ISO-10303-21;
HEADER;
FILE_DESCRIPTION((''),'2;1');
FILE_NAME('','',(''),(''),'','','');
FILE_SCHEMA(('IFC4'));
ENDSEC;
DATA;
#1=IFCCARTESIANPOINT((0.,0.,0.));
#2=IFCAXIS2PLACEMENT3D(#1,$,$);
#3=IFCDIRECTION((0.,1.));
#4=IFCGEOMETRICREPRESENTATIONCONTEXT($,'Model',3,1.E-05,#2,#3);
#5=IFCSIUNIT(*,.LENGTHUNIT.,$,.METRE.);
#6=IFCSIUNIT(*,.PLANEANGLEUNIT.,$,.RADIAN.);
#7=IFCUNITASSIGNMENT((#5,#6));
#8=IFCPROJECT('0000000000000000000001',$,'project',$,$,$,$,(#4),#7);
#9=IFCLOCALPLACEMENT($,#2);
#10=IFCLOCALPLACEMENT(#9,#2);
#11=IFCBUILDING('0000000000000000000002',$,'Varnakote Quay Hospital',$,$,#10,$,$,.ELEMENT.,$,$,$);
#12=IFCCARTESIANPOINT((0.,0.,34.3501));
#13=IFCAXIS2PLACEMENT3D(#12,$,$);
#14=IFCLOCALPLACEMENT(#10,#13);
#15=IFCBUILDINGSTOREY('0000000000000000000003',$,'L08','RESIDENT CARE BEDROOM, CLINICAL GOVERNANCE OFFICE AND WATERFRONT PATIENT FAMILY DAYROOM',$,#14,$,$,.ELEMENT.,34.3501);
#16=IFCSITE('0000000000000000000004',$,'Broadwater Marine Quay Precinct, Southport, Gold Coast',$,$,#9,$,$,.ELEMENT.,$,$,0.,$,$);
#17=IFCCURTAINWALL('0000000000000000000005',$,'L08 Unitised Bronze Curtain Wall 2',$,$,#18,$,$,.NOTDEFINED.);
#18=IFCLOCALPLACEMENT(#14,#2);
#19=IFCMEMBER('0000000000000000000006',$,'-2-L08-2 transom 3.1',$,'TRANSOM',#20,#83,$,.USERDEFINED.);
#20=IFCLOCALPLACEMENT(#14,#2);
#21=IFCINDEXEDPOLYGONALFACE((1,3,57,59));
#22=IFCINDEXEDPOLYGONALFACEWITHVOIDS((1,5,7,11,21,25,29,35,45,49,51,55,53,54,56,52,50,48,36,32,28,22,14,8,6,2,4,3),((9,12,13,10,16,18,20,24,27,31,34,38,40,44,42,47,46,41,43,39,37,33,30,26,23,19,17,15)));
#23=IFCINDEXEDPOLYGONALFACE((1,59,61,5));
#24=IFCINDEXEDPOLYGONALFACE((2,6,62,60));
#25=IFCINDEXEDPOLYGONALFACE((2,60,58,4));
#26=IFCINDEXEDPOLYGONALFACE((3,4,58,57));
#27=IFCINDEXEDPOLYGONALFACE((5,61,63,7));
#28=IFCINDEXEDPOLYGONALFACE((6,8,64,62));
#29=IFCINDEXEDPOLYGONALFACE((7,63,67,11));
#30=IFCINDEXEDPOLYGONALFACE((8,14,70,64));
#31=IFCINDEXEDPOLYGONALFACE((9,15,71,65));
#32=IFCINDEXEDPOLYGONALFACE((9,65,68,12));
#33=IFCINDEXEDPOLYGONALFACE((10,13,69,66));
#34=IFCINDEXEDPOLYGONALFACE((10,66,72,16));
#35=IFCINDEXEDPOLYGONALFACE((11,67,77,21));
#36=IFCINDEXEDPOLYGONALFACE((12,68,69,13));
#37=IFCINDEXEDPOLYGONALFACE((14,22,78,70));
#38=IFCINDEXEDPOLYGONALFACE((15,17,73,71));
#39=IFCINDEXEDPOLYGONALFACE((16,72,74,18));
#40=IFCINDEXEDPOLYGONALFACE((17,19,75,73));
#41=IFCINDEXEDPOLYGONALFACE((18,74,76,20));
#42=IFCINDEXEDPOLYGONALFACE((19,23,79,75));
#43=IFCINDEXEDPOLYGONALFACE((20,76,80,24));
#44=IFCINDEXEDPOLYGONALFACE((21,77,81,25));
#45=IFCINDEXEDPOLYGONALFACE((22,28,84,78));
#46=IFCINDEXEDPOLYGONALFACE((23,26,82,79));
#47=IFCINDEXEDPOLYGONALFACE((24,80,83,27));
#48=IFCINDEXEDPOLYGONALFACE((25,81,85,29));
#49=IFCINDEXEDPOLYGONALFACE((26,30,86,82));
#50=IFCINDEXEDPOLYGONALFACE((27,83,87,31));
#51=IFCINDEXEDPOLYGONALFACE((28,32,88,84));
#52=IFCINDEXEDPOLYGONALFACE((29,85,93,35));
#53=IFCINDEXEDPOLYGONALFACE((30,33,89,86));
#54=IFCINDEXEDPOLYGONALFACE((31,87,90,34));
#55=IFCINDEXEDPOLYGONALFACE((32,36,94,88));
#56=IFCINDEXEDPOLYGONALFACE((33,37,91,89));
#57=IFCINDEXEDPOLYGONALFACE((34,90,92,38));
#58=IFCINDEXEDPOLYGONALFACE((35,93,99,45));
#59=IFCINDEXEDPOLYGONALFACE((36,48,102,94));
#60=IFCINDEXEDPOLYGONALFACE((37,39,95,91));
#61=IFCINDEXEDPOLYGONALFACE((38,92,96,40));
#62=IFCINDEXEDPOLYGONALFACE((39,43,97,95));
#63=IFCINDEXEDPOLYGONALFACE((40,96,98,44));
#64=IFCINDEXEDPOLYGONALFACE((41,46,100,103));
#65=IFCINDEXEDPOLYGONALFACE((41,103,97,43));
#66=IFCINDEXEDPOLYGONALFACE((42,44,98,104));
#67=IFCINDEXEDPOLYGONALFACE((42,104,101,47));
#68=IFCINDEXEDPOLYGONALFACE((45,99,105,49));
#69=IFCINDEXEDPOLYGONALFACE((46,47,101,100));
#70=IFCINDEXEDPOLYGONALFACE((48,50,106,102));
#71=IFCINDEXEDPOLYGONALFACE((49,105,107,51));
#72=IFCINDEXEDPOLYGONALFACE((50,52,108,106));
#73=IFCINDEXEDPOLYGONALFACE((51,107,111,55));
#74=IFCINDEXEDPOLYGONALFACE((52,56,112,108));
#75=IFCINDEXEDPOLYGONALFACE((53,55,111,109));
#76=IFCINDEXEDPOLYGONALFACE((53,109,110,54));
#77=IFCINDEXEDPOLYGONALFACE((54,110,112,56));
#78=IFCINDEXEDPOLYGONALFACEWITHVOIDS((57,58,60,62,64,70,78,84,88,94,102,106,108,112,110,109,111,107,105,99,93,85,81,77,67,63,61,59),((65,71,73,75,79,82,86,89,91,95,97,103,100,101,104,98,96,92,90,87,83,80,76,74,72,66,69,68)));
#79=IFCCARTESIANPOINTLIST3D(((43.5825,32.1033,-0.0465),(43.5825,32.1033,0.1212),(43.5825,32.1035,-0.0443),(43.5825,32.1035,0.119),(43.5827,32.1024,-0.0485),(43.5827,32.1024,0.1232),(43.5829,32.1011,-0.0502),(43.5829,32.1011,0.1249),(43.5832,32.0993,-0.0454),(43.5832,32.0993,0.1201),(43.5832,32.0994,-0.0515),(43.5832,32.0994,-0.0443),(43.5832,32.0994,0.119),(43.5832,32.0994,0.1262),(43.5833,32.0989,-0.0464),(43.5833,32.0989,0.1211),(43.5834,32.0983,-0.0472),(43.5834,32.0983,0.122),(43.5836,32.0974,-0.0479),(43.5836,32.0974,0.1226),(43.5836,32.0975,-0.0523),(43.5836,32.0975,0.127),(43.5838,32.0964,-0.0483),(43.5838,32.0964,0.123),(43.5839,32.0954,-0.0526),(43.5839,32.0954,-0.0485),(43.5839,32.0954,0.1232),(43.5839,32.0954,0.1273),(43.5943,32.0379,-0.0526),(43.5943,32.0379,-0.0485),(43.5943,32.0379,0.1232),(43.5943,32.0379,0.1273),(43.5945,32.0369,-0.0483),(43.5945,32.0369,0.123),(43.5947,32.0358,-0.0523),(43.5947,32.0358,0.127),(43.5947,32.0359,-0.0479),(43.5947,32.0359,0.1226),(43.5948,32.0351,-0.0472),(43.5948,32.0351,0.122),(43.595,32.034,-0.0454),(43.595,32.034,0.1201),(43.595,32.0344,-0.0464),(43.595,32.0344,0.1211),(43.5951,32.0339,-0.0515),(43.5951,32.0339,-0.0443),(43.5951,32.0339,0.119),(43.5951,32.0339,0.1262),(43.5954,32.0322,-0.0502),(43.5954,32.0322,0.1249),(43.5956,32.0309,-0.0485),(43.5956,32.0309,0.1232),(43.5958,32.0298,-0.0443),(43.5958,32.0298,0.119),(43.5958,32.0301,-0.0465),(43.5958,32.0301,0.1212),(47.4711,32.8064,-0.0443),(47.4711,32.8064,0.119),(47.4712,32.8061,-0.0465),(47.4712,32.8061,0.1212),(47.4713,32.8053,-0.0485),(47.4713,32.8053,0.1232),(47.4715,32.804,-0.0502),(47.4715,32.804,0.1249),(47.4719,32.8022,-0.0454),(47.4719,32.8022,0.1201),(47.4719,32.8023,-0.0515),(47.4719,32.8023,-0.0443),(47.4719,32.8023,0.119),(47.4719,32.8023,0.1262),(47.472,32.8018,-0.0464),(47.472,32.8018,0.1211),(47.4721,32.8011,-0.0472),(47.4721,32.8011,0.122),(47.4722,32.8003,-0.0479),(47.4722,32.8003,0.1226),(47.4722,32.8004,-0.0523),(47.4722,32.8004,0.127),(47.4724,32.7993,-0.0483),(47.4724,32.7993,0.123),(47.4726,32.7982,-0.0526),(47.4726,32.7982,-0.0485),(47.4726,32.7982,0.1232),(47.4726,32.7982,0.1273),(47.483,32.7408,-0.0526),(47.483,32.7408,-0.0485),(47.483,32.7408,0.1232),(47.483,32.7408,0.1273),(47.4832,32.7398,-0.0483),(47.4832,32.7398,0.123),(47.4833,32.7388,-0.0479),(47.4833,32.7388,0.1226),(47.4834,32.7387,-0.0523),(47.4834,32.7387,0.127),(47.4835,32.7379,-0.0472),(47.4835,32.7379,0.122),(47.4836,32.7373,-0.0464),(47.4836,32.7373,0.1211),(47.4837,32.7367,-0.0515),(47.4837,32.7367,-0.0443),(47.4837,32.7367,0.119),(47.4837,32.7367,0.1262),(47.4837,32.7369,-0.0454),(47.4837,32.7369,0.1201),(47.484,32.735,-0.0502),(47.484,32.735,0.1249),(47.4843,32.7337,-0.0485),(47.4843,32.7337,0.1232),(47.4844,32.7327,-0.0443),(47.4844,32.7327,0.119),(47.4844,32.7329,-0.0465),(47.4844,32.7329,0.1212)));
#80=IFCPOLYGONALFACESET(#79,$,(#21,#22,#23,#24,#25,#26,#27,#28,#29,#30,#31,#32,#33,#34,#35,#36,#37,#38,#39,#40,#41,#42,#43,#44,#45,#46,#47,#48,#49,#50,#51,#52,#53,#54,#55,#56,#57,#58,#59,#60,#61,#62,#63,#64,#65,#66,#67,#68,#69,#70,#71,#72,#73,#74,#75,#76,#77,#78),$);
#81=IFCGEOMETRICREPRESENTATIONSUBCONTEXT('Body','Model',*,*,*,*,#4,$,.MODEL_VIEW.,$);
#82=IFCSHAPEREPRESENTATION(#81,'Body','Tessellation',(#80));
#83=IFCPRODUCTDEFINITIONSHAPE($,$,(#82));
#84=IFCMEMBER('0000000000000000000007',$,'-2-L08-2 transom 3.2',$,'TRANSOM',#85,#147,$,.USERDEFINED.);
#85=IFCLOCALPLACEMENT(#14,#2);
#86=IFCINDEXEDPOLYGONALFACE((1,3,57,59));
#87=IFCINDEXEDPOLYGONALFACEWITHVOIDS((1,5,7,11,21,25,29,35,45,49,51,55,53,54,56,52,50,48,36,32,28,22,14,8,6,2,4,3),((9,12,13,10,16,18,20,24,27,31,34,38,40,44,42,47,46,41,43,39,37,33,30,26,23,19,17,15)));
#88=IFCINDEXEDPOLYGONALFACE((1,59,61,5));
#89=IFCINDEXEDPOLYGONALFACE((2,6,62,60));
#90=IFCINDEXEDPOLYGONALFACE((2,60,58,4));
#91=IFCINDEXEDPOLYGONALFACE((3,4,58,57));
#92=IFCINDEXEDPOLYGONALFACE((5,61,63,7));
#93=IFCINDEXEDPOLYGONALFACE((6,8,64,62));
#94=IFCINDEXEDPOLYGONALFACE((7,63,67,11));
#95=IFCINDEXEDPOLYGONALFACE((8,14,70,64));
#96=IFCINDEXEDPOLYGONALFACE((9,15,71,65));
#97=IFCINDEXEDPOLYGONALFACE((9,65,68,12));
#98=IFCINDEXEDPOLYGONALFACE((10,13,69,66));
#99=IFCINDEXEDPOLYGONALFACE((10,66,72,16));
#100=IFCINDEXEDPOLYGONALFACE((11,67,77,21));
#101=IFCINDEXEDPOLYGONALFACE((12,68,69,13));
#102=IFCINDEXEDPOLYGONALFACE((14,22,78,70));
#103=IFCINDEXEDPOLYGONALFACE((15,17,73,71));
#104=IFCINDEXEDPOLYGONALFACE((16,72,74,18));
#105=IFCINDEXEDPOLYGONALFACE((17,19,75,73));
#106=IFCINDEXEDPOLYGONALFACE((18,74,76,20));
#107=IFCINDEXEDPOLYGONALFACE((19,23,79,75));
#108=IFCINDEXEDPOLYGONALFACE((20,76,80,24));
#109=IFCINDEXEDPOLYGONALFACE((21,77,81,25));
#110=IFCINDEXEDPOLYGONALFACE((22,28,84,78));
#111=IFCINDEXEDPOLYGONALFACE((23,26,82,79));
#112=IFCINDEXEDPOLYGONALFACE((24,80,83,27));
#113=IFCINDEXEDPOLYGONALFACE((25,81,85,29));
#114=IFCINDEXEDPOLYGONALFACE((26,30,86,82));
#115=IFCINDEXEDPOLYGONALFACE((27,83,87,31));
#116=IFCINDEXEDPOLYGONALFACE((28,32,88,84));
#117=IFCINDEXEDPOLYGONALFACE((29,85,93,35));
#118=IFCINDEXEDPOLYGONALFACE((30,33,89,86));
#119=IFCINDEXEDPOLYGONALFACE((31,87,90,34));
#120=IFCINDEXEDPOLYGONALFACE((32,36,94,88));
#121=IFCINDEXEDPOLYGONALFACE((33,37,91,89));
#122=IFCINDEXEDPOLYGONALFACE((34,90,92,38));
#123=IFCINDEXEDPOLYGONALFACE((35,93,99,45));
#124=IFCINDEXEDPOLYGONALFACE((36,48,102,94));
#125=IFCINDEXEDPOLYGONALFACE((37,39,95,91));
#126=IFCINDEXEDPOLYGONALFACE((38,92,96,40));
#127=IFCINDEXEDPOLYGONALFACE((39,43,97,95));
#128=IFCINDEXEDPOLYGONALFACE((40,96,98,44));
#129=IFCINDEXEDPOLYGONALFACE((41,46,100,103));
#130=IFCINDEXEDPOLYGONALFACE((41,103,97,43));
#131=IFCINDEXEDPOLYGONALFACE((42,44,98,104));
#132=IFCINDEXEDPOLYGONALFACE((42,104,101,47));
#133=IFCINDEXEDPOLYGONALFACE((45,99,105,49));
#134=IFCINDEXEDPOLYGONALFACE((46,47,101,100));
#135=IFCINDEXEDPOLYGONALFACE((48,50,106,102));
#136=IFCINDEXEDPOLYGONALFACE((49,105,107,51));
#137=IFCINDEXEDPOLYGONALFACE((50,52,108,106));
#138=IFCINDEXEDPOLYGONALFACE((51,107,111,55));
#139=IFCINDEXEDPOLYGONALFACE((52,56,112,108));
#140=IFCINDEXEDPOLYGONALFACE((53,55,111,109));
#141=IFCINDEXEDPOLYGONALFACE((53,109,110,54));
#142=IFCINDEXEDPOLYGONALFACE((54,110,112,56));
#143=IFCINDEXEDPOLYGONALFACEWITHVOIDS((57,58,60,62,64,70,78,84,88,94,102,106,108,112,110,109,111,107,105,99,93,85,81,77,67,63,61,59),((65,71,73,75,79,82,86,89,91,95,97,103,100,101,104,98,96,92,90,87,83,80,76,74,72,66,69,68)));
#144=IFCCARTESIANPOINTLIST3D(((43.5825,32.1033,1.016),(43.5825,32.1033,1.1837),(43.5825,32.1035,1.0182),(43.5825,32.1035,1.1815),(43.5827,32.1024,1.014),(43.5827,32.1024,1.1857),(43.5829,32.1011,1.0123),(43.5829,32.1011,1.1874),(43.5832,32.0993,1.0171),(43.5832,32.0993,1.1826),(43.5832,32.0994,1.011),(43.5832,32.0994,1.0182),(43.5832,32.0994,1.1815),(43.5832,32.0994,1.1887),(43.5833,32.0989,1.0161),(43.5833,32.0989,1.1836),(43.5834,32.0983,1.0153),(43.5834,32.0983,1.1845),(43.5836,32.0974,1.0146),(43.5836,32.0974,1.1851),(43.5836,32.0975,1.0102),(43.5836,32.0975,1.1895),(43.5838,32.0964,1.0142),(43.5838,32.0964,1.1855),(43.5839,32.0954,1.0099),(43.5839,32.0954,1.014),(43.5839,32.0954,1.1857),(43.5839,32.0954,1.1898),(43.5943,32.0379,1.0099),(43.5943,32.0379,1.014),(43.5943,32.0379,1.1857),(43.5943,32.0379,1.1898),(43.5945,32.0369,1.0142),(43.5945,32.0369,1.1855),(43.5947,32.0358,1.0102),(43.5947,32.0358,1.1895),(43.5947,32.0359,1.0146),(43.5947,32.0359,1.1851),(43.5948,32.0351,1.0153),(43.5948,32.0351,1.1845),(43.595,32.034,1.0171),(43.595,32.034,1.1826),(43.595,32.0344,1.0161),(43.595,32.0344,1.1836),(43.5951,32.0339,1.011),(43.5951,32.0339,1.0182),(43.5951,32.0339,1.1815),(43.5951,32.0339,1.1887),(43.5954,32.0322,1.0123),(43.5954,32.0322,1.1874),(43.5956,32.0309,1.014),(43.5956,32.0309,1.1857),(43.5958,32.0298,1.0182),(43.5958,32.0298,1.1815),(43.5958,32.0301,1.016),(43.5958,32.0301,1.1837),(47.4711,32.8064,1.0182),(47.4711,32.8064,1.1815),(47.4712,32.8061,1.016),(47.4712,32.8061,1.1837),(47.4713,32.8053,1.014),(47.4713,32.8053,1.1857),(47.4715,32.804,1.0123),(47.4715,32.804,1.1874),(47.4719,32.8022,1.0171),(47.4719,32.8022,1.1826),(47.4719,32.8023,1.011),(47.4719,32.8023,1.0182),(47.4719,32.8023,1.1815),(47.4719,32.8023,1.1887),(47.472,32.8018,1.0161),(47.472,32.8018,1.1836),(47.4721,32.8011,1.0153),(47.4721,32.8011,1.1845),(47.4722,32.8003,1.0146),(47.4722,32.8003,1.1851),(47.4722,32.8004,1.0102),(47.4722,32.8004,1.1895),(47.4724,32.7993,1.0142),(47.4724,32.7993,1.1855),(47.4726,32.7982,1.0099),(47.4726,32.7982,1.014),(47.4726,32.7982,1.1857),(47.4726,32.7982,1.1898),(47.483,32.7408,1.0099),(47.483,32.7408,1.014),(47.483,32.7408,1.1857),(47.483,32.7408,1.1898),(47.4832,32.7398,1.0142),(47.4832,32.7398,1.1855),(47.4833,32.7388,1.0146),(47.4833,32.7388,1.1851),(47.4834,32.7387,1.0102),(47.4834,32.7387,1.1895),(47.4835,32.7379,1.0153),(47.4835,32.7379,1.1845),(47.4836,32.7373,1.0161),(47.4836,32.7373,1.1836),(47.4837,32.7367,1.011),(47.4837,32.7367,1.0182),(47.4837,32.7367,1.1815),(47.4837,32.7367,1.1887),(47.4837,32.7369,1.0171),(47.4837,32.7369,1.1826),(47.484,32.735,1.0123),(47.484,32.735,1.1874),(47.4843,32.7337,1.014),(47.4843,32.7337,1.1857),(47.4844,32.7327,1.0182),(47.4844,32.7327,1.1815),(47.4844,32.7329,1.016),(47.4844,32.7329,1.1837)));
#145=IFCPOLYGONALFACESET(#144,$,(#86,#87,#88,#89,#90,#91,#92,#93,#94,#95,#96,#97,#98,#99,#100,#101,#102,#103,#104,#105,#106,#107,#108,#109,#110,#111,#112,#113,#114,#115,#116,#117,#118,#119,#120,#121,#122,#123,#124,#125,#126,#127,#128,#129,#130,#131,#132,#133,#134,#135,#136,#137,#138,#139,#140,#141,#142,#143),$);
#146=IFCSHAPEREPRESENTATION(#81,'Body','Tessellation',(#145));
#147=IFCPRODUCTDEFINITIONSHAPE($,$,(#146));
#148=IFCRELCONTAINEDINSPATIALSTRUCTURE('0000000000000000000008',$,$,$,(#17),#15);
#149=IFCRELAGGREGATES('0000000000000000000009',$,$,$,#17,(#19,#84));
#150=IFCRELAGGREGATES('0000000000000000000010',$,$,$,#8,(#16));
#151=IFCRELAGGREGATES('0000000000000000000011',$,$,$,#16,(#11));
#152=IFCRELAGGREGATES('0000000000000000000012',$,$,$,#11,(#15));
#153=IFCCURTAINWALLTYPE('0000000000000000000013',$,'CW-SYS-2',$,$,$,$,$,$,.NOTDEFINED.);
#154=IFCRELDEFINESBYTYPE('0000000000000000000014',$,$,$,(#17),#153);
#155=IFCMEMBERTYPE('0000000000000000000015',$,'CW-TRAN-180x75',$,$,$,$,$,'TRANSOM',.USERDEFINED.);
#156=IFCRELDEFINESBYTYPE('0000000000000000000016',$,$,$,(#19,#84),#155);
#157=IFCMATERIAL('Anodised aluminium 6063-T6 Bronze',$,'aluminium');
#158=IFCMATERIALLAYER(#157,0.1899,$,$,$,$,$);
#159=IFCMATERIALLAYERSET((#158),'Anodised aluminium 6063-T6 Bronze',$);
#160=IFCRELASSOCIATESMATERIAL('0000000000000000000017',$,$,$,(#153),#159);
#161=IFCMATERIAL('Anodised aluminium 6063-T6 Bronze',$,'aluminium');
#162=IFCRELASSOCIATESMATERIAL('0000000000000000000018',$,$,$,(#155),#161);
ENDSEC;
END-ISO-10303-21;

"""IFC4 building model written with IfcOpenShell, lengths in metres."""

from ifc_helpers import new_model, si_unit, direction, frame, origin, origin_2d, place, context, subcontext, project, spatial, hollow_rectangle, extrude, material, layer, layer_set, material_profile, profile_set, type_object, element, aggregate, save


model = new_model("IFC4")

# Units and contexts
model_context = context("Model", 3, precision=1e-05, world=origin(), true_north=direction((0.0, 1.0)))
body_context = subcontext(model_context, "Body", "Model", "MODEL_VIEW")
ifc_project = project(units=[si_unit("LENGTHUNIT", "METRE"), si_unit("PLANEANGLEUNIT", "RADIAN")], contexts=[model_context])

# Site, building, storey
site_placement = place(None, origin())
site = spatial("IfcSite", under=ifc_project, at=site_placement, Name="Broadwater Marine Quay Precinct, Southport, Gold Coast", CompositionType="ELEMENT", RefElevation=0.0)
building_placement = place(site_placement, origin())
building = spatial("IfcBuilding", under=site, at=building_placement, Name="Varnakote Quay Hospital", CompositionType="ELEMENT")
storey_placement = place(building_placement, frame((0.0, 0.0, 34.3501)))
storey = spatial("IfcBuildingStorey", under=building, at=storey_placement, Name="L08", Description="RESIDENT CARE BEDROOM, CLINICAL GOVERNANCE OFFICE AND WATERFRONT PATIENT FAMILY DAYROOM", CompositionType="ELEMENT", Elevation=34.3501)

# Curtain wall, members
ifc_material_1 = material(Name="Anodised aluminium 6063-T6 Bronze", Category="aluminium")
ifc_layer_1 = layer(ifc_material_1, 0.1899)
ifc_layer_set_1 = layer_set([ifc_layer_1], Name="Anodised aluminium 6063-T6 Bronze")
curtain_wall_type = type_object("IfcCurtainWallType", Name="CW-SYS-2", PredefinedType="NOTDEFINED", material=ifc_layer_set_1)
curtain_wall_placement = place(storey_placement, origin())
curtain_wall = element("IfcCurtainWall", 1, at=curtain_wall_placement, inside=storey, type_object=curtain_wall_type, Name="L08 Unitised Bronze Curtain Wall 2", PredefinedType="NOTDEFINED")
ifc_material_2 = material(Name="Anodised aluminium 6063-T6 Bronze", Category="aluminium")
ifc_material_profile_1 = material_profile(ifc_material_2, hollow_rectangle(XDim=0.075, YDim=0.1799, WallThickness=0.0042, InnerFilletRadius=0.0042, OuterFilletRadius=0.0083, at=origin_2d()), Name="CW-TRAN-180x75")
ifc_profile_set_1 = profile_set([ifc_material_profile_1], Name="Anodised aluminium 6063-T6 Bronze")
member_type_1 = type_object("IfcMemberType", Name="CW-TRAN-180x75", ElementType="TRANSOM", PredefinedType="USERDEFINED", material=ifc_profile_set_1)
member_1_placement = place(storey_placement, frame((47.4778, 32.7695, 0.0374), z_axis=(-0.984054, -0.177869, 0.0), x_axis=(0.177869, -0.984054, 0.0)))
member_1 = element("IfcMember", 2, at=member_1_placement, type_object=member_type_1, Name="-2-L08-2 transom 3.1", ObjectType="TRANSOM", PredefinedType="USERDEFINED", context=body_context, shape_type="SweptSolid", body=[
    extrude(hollow_rectangle(XDim=0.075, YDim=0.1799, WallThickness=0.0042, InnerFilletRadius=0.0042, OuterFilletRadius=0.0083, at=origin_2d()), origin(), (0.0, 0.0, 1.0), 3.9517),
])
member_2_placement = place(storey_placement, frame((47.4778, 32.7695, 1.0999), z_axis=(-0.984054, -0.177869, 0.0), x_axis=(0.177869, -0.984054, 0.0)))
member_2 = element("IfcMember", 3, at=member_2_placement, type_object=member_type_1, Name="-2-L08-2 transom 3.2", ObjectType="TRANSOM", PredefinedType="USERDEFINED", context=body_context, shape_type="SweptSolid", body=[
    extrude(hollow_rectangle(XDim=0.075, YDim=0.1799, WallThickness=0.0042, InnerFilletRadius=0.0042, OuterFilletRadius=0.0083, at=origin_2d()), origin(), (0.0, 0.0, 1.0), 3.9517),
])
aggregate(curtain_wall, [member_1, member_2])

save(model, "model.ifc")
